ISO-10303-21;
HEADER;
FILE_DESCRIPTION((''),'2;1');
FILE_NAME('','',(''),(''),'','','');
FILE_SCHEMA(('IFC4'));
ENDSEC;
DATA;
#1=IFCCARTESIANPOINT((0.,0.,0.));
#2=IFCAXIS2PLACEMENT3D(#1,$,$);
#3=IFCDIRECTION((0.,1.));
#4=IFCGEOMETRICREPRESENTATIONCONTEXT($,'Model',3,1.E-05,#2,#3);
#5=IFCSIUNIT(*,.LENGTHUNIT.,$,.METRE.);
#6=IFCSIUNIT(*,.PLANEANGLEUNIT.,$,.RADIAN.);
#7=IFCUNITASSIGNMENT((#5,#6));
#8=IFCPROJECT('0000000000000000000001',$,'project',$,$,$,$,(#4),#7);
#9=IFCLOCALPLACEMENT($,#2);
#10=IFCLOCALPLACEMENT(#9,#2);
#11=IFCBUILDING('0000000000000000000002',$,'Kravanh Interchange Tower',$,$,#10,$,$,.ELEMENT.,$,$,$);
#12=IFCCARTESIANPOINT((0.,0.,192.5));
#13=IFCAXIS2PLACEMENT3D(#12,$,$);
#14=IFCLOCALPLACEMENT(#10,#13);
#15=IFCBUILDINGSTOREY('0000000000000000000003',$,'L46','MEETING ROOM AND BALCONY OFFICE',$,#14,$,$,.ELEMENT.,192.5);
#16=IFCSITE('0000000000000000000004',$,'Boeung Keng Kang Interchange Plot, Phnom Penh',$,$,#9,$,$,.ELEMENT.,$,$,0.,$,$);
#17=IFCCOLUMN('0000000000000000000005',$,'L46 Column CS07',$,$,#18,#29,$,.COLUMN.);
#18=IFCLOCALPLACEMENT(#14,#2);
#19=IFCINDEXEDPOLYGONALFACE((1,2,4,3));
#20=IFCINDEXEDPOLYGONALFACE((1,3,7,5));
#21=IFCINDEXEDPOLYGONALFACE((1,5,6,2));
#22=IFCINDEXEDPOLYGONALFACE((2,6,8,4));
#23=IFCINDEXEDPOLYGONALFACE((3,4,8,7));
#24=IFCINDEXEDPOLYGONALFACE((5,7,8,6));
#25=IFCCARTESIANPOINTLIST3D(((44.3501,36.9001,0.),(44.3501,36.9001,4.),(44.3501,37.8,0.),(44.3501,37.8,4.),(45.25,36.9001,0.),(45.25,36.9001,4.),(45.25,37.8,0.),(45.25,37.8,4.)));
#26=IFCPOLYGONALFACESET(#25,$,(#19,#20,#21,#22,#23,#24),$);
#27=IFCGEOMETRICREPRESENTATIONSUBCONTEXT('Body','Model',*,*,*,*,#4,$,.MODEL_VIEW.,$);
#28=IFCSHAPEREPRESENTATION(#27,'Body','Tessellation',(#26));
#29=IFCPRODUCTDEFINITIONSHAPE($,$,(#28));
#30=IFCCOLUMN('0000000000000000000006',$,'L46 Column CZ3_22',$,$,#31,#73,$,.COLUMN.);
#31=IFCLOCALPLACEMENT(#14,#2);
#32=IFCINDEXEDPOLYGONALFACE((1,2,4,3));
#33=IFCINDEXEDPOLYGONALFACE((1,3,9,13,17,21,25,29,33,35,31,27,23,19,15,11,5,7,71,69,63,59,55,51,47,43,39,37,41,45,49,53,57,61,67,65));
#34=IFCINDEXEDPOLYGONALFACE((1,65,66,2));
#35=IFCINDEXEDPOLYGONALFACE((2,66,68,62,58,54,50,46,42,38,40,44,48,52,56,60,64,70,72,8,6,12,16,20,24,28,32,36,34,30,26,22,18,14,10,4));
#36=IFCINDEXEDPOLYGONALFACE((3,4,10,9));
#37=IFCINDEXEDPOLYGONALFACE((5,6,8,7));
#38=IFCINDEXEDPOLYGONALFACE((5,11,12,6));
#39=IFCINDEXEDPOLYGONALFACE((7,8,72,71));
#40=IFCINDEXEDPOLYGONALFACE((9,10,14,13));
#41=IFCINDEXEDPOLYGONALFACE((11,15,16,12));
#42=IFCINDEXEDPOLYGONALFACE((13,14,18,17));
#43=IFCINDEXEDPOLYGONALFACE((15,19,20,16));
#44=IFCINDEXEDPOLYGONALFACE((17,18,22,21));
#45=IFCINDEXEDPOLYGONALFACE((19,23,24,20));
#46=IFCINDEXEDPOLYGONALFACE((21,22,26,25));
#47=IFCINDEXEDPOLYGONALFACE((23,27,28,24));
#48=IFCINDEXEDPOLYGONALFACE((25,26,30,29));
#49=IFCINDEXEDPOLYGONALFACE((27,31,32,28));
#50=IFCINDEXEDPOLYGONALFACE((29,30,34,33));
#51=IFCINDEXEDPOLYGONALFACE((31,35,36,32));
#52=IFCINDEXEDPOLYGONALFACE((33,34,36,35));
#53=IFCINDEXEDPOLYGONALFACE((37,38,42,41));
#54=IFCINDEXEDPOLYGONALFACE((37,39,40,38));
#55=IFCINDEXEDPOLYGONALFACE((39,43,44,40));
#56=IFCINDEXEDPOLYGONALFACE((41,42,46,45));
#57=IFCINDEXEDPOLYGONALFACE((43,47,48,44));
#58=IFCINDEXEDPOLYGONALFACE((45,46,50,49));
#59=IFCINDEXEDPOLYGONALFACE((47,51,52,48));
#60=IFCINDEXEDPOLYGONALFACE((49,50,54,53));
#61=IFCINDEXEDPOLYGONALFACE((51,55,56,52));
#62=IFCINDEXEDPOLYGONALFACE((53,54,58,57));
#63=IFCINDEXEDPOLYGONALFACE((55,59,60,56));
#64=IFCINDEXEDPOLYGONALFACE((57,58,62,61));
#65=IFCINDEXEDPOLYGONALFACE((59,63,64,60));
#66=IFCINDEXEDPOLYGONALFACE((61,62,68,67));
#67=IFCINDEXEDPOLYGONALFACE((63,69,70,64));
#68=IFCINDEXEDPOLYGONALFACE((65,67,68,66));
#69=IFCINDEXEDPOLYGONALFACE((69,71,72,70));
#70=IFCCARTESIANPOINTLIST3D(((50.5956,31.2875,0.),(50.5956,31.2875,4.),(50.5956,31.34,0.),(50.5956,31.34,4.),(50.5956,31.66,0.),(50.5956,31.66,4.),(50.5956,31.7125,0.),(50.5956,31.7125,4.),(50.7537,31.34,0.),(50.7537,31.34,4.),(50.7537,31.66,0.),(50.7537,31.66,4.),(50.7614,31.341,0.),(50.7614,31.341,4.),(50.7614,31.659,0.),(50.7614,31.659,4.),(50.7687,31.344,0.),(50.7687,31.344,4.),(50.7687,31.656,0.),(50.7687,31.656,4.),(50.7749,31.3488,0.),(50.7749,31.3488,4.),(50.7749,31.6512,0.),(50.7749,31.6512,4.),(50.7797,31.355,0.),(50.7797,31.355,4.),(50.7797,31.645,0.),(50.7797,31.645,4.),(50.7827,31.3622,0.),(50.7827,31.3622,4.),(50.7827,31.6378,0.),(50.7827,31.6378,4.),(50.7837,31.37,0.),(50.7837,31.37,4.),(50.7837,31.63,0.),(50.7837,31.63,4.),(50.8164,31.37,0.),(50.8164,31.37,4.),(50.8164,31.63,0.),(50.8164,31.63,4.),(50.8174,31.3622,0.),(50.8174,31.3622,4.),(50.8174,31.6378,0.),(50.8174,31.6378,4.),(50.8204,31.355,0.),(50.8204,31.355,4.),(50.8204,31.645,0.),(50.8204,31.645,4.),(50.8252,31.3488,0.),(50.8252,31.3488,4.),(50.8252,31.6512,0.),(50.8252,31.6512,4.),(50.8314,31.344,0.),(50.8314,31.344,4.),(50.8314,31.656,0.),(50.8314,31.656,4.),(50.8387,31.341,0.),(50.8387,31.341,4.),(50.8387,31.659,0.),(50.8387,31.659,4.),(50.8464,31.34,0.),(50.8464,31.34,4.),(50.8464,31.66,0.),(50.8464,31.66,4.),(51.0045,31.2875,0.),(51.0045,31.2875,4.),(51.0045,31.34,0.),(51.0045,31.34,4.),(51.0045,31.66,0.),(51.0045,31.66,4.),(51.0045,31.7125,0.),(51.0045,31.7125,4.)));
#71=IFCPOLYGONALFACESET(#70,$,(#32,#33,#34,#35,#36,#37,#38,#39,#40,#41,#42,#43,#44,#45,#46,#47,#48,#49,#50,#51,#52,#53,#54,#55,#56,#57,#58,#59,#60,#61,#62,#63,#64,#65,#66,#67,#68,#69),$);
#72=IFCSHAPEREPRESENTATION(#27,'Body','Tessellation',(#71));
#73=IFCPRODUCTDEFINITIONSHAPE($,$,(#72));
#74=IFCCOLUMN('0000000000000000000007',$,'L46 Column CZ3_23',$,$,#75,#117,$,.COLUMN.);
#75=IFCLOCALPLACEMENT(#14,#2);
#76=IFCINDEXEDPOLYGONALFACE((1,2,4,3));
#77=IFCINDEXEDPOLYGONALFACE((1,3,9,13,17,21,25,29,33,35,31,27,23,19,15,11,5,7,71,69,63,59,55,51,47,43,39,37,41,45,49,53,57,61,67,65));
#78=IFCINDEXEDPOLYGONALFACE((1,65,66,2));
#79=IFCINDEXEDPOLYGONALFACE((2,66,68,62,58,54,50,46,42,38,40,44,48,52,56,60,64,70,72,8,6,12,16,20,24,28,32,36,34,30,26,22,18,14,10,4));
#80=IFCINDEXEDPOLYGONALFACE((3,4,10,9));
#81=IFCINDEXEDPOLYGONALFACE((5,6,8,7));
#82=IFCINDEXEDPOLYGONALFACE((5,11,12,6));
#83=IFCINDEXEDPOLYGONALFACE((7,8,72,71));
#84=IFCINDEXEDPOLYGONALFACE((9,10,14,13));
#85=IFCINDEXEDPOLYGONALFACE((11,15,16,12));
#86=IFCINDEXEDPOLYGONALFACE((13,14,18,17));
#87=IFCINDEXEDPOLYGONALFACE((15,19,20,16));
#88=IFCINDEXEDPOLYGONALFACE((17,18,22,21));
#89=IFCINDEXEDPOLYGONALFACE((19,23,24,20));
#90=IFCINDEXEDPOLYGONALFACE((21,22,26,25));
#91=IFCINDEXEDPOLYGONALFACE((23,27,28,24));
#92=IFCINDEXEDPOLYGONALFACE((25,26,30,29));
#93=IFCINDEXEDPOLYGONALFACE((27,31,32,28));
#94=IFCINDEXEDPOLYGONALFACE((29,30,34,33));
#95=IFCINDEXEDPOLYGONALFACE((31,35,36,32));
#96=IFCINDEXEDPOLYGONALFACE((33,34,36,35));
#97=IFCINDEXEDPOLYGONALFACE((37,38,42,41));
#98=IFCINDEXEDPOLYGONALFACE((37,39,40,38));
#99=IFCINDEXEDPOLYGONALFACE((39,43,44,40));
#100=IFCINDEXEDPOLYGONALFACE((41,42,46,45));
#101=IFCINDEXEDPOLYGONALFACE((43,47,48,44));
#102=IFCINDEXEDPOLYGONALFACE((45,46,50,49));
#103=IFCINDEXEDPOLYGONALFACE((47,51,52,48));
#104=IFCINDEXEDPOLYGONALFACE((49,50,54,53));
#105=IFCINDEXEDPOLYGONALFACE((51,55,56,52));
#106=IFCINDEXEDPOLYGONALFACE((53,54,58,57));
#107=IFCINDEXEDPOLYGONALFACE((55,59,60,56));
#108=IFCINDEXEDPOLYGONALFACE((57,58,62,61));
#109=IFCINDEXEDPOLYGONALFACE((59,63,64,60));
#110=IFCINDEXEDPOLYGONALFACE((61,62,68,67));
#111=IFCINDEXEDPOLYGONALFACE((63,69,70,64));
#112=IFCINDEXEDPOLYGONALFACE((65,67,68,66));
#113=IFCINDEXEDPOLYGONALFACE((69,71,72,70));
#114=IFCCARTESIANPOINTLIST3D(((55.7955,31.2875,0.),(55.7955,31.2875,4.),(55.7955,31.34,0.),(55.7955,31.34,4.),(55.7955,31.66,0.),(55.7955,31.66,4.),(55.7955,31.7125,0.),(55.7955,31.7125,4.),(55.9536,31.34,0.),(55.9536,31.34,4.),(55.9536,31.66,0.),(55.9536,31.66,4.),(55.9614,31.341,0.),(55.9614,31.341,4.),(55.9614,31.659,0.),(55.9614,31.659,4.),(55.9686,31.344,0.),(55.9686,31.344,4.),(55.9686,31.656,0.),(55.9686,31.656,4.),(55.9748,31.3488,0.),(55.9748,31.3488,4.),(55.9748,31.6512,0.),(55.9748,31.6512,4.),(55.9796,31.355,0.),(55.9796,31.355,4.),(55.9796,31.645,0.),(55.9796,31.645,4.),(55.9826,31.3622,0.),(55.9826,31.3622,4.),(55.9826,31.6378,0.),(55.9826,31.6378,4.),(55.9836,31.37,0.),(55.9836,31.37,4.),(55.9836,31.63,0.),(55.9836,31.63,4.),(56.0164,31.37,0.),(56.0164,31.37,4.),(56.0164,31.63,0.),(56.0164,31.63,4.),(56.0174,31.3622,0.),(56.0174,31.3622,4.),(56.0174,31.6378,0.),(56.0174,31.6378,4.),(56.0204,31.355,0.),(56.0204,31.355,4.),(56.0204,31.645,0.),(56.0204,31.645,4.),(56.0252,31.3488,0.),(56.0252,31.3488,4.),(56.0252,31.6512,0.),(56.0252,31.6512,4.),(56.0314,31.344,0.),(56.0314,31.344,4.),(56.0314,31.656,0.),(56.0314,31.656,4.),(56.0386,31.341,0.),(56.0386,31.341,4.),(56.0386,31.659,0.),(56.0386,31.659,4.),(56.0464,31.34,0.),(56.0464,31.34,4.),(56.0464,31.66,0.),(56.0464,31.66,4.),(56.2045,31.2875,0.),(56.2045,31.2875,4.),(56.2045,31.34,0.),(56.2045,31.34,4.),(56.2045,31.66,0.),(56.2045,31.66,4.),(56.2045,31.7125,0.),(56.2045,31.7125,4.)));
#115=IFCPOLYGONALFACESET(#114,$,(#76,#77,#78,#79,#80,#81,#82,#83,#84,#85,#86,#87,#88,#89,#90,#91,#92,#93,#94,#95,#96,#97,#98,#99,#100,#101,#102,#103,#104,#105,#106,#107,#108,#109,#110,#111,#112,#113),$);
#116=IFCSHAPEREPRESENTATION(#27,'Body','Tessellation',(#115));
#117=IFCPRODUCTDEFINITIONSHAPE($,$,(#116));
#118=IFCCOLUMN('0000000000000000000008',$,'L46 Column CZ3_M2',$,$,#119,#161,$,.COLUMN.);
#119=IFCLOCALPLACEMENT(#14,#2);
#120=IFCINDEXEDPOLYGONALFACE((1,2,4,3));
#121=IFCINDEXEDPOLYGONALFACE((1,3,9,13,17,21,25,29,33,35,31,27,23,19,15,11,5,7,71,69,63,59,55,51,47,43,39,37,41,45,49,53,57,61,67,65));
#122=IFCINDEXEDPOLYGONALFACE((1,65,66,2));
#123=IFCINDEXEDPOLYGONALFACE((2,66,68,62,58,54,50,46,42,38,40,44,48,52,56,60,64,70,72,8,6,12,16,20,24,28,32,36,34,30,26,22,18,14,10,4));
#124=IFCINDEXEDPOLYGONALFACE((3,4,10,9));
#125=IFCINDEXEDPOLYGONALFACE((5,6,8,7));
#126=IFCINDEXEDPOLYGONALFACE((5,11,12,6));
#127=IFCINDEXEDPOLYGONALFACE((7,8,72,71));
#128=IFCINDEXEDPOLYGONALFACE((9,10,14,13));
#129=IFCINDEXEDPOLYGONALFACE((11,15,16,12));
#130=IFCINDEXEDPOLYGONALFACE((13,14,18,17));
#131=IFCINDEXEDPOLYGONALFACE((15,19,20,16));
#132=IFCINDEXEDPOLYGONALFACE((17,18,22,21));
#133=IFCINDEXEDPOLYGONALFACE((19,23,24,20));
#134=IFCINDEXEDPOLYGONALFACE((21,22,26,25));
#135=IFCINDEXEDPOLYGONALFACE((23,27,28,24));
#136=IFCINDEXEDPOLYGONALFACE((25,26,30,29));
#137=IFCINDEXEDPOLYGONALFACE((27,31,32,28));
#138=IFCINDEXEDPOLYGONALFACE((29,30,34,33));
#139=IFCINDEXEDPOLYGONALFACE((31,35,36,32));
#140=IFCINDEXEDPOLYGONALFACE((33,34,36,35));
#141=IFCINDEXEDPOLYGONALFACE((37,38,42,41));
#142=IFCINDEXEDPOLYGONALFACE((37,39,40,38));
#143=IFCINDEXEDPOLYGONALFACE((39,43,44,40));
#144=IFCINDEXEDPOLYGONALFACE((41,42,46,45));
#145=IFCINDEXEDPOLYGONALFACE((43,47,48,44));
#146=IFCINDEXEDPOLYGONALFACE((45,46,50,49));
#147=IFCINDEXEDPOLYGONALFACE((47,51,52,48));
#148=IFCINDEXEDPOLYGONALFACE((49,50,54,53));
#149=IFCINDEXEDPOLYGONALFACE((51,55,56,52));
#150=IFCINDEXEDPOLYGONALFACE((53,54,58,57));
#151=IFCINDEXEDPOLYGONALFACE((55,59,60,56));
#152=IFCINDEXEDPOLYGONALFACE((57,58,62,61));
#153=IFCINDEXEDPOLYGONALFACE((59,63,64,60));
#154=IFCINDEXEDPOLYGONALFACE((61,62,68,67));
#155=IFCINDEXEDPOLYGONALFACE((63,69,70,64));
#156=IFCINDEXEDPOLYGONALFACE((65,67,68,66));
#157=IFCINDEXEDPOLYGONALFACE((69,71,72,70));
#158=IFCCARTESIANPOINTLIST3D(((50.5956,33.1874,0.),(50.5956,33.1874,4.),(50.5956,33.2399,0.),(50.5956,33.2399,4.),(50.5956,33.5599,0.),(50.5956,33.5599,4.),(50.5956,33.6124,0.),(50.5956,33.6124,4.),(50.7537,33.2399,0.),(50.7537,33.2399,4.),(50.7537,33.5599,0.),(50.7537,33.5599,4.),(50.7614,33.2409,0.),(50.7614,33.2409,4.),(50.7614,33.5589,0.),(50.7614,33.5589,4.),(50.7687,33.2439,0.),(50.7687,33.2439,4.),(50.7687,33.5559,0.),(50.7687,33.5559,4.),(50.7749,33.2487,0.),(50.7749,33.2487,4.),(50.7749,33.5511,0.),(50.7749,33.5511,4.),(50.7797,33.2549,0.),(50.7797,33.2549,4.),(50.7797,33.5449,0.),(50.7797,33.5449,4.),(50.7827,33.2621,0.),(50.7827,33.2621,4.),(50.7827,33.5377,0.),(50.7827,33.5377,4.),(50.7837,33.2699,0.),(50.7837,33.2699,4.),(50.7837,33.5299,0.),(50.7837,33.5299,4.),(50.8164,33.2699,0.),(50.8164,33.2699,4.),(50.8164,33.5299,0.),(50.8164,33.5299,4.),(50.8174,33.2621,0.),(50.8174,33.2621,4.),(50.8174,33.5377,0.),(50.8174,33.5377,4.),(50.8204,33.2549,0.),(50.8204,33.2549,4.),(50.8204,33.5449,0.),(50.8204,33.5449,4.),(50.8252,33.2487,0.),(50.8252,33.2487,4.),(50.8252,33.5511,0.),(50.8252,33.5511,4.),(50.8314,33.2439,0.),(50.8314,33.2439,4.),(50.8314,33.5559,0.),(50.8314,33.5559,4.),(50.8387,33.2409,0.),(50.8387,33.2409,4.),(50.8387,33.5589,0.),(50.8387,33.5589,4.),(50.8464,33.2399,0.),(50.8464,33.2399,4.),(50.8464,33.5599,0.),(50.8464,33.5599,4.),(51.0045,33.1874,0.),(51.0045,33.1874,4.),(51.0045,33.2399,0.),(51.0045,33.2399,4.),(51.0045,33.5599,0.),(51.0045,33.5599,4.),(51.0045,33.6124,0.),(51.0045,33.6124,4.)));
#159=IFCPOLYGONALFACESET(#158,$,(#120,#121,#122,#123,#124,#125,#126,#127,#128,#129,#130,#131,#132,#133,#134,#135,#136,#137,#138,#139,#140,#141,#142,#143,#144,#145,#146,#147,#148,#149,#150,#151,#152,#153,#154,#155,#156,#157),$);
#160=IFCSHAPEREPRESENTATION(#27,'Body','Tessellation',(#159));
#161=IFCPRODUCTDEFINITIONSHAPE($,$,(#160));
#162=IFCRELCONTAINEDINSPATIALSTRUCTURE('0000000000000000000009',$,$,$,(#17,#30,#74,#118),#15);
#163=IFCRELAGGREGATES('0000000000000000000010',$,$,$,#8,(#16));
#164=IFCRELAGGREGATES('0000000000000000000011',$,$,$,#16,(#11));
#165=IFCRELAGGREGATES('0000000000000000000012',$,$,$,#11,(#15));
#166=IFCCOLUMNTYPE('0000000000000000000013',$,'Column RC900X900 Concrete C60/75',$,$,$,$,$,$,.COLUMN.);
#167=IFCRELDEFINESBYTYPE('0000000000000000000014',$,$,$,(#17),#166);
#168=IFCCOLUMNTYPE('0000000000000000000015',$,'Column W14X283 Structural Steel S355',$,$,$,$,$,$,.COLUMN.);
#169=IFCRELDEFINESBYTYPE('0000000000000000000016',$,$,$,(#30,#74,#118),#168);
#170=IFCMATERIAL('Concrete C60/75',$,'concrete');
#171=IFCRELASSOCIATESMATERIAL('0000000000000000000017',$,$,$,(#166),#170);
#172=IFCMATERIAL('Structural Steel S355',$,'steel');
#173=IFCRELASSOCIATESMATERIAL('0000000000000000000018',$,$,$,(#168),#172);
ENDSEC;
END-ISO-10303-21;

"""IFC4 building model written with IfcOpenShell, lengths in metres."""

from ifc_helpers import new_model, si_unit, direction, frame, origin, origin_2d, place, context, subcontext, project, spatial, rectangle, i_section, extrude, material, material_profile, profile_set, type_object, element, save


model = new_model("IFC4")

# Units and contexts
model_context = context("Model", 3, precision=1e-05, world=origin(), true_north=direction((0.0, 1.0)))
body_context = subcontext(model_context, "Body", "Model", "MODEL_VIEW")
ifc_project = project(units=[si_unit("LENGTHUNIT", "METRE"), si_unit("PLANEANGLEUNIT", "RADIAN")], contexts=[model_context])

# Site, building, storey
site_placement = place(None, origin())
site = spatial("IfcSite", under=ifc_project, at=site_placement, Name="Boeung Keng Kang Interchange Plot, Phnom Penh", CompositionType="ELEMENT", RefElevation=0.0)
building_placement = place(site_placement, origin())
building = spatial("IfcBuilding", under=site, at=building_placement, Name="Kravanh Interchange Tower", CompositionType="ELEMENT")
storey_placement = place(building_placement, frame((0.0, 0.0, 192.5)))
storey = spatial("IfcBuildingStorey", under=building, at=storey_placement, Name="L46", Description="MEETING ROOM AND BALCONY OFFICE", CompositionType="ELEMENT", Elevation=192.5)

# Columns
ifc_material_1 = material(Name="Concrete C60/75", Category="concrete")
ifc_material_profile_1 = material_profile(ifc_material_1, rectangle(XDim=0.8999, YDim=0.8999, at=origin_2d()), Name="RC900X900")
ifc_profile_set_1 = profile_set([ifc_material_profile_1], Name="Concrete C60/75")
column_type_1 = type_object("IfcColumnType", Name="Column RC900X900 Concrete C60/75", PredefinedType="COLUMN", material=ifc_profile_set_1)
column_placement = place(storey_placement, frame((44.8, 37.3501, 0.0), z_axis=(0.0, 0.0, 1.0), x_axis=(1.0, 0.0, 0.0)))
element("IfcColumn", 1, at=column_placement, inside=storey, type_object=column_type_1, Name="L46 Column CS07", PredefinedType="COLUMN", context=body_context, shape_type="SweptSolid", body=[
    extrude(rectangle(XDim=0.8999, YDim=0.8999, at=origin_2d()), origin(), (0.0, 0.0, 1.0), 4.0),
])
ifc_material_2 = material(Name="Structural Steel S355", Category="steel")
ifc_material_profile_2 = material_profile(ifc_material_2, i_section(OverallWidth=0.4089, OverallDepth=0.425, WebThickness=0.0327, FlangeThickness=0.0525, FilletRadius=0.03, at=origin_2d()), Name="W14X283")
ifc_profile_set_2 = profile_set([ifc_material_profile_2], Name="Structural Steel S355")
column_type_2 = type_object("IfcColumnType", Name="Column W14X283 Structural Steel S355", PredefinedType="COLUMN", material=ifc_profile_set_2)
for number, where, z_axis, x_axis, name in (
    (2, (50.8, 31.5, 0.0), (0.0, 0.0, 1.0), (1.0, 0.0, 0.0), "L46 Column CZ3_22"),
    (3, (56.0, 31.5, 0.0), (0.0, 0.0, 1.0), (1.0, 0.0, 0.0), "L46 Column CZ3_23"),
    (4, (50.8, 33.3999, 0.0), (0.0, 0.0, 1.0), (1.0, 0.0, 0.0), "L46 Column CZ3_M2"),
):
    element("IfcColumn", number, at=place(storey_placement, frame(where, z_axis=z_axis, x_axis=x_axis)), inside=storey, type_object=column_type_2, Name=name, PredefinedType="COLUMN", context=body_context, shape_type="SweptSolid", body=[
        extrude(i_section(OverallWidth=0.4089, OverallDepth=0.425, WebThickness=0.0327, FlangeThickness=0.0525, FilletRadius=0.03, at=origin_2d()), origin(), (0.0, 0.0, 1.0), 4.0),
    ])

save(model, "model.ifc")
